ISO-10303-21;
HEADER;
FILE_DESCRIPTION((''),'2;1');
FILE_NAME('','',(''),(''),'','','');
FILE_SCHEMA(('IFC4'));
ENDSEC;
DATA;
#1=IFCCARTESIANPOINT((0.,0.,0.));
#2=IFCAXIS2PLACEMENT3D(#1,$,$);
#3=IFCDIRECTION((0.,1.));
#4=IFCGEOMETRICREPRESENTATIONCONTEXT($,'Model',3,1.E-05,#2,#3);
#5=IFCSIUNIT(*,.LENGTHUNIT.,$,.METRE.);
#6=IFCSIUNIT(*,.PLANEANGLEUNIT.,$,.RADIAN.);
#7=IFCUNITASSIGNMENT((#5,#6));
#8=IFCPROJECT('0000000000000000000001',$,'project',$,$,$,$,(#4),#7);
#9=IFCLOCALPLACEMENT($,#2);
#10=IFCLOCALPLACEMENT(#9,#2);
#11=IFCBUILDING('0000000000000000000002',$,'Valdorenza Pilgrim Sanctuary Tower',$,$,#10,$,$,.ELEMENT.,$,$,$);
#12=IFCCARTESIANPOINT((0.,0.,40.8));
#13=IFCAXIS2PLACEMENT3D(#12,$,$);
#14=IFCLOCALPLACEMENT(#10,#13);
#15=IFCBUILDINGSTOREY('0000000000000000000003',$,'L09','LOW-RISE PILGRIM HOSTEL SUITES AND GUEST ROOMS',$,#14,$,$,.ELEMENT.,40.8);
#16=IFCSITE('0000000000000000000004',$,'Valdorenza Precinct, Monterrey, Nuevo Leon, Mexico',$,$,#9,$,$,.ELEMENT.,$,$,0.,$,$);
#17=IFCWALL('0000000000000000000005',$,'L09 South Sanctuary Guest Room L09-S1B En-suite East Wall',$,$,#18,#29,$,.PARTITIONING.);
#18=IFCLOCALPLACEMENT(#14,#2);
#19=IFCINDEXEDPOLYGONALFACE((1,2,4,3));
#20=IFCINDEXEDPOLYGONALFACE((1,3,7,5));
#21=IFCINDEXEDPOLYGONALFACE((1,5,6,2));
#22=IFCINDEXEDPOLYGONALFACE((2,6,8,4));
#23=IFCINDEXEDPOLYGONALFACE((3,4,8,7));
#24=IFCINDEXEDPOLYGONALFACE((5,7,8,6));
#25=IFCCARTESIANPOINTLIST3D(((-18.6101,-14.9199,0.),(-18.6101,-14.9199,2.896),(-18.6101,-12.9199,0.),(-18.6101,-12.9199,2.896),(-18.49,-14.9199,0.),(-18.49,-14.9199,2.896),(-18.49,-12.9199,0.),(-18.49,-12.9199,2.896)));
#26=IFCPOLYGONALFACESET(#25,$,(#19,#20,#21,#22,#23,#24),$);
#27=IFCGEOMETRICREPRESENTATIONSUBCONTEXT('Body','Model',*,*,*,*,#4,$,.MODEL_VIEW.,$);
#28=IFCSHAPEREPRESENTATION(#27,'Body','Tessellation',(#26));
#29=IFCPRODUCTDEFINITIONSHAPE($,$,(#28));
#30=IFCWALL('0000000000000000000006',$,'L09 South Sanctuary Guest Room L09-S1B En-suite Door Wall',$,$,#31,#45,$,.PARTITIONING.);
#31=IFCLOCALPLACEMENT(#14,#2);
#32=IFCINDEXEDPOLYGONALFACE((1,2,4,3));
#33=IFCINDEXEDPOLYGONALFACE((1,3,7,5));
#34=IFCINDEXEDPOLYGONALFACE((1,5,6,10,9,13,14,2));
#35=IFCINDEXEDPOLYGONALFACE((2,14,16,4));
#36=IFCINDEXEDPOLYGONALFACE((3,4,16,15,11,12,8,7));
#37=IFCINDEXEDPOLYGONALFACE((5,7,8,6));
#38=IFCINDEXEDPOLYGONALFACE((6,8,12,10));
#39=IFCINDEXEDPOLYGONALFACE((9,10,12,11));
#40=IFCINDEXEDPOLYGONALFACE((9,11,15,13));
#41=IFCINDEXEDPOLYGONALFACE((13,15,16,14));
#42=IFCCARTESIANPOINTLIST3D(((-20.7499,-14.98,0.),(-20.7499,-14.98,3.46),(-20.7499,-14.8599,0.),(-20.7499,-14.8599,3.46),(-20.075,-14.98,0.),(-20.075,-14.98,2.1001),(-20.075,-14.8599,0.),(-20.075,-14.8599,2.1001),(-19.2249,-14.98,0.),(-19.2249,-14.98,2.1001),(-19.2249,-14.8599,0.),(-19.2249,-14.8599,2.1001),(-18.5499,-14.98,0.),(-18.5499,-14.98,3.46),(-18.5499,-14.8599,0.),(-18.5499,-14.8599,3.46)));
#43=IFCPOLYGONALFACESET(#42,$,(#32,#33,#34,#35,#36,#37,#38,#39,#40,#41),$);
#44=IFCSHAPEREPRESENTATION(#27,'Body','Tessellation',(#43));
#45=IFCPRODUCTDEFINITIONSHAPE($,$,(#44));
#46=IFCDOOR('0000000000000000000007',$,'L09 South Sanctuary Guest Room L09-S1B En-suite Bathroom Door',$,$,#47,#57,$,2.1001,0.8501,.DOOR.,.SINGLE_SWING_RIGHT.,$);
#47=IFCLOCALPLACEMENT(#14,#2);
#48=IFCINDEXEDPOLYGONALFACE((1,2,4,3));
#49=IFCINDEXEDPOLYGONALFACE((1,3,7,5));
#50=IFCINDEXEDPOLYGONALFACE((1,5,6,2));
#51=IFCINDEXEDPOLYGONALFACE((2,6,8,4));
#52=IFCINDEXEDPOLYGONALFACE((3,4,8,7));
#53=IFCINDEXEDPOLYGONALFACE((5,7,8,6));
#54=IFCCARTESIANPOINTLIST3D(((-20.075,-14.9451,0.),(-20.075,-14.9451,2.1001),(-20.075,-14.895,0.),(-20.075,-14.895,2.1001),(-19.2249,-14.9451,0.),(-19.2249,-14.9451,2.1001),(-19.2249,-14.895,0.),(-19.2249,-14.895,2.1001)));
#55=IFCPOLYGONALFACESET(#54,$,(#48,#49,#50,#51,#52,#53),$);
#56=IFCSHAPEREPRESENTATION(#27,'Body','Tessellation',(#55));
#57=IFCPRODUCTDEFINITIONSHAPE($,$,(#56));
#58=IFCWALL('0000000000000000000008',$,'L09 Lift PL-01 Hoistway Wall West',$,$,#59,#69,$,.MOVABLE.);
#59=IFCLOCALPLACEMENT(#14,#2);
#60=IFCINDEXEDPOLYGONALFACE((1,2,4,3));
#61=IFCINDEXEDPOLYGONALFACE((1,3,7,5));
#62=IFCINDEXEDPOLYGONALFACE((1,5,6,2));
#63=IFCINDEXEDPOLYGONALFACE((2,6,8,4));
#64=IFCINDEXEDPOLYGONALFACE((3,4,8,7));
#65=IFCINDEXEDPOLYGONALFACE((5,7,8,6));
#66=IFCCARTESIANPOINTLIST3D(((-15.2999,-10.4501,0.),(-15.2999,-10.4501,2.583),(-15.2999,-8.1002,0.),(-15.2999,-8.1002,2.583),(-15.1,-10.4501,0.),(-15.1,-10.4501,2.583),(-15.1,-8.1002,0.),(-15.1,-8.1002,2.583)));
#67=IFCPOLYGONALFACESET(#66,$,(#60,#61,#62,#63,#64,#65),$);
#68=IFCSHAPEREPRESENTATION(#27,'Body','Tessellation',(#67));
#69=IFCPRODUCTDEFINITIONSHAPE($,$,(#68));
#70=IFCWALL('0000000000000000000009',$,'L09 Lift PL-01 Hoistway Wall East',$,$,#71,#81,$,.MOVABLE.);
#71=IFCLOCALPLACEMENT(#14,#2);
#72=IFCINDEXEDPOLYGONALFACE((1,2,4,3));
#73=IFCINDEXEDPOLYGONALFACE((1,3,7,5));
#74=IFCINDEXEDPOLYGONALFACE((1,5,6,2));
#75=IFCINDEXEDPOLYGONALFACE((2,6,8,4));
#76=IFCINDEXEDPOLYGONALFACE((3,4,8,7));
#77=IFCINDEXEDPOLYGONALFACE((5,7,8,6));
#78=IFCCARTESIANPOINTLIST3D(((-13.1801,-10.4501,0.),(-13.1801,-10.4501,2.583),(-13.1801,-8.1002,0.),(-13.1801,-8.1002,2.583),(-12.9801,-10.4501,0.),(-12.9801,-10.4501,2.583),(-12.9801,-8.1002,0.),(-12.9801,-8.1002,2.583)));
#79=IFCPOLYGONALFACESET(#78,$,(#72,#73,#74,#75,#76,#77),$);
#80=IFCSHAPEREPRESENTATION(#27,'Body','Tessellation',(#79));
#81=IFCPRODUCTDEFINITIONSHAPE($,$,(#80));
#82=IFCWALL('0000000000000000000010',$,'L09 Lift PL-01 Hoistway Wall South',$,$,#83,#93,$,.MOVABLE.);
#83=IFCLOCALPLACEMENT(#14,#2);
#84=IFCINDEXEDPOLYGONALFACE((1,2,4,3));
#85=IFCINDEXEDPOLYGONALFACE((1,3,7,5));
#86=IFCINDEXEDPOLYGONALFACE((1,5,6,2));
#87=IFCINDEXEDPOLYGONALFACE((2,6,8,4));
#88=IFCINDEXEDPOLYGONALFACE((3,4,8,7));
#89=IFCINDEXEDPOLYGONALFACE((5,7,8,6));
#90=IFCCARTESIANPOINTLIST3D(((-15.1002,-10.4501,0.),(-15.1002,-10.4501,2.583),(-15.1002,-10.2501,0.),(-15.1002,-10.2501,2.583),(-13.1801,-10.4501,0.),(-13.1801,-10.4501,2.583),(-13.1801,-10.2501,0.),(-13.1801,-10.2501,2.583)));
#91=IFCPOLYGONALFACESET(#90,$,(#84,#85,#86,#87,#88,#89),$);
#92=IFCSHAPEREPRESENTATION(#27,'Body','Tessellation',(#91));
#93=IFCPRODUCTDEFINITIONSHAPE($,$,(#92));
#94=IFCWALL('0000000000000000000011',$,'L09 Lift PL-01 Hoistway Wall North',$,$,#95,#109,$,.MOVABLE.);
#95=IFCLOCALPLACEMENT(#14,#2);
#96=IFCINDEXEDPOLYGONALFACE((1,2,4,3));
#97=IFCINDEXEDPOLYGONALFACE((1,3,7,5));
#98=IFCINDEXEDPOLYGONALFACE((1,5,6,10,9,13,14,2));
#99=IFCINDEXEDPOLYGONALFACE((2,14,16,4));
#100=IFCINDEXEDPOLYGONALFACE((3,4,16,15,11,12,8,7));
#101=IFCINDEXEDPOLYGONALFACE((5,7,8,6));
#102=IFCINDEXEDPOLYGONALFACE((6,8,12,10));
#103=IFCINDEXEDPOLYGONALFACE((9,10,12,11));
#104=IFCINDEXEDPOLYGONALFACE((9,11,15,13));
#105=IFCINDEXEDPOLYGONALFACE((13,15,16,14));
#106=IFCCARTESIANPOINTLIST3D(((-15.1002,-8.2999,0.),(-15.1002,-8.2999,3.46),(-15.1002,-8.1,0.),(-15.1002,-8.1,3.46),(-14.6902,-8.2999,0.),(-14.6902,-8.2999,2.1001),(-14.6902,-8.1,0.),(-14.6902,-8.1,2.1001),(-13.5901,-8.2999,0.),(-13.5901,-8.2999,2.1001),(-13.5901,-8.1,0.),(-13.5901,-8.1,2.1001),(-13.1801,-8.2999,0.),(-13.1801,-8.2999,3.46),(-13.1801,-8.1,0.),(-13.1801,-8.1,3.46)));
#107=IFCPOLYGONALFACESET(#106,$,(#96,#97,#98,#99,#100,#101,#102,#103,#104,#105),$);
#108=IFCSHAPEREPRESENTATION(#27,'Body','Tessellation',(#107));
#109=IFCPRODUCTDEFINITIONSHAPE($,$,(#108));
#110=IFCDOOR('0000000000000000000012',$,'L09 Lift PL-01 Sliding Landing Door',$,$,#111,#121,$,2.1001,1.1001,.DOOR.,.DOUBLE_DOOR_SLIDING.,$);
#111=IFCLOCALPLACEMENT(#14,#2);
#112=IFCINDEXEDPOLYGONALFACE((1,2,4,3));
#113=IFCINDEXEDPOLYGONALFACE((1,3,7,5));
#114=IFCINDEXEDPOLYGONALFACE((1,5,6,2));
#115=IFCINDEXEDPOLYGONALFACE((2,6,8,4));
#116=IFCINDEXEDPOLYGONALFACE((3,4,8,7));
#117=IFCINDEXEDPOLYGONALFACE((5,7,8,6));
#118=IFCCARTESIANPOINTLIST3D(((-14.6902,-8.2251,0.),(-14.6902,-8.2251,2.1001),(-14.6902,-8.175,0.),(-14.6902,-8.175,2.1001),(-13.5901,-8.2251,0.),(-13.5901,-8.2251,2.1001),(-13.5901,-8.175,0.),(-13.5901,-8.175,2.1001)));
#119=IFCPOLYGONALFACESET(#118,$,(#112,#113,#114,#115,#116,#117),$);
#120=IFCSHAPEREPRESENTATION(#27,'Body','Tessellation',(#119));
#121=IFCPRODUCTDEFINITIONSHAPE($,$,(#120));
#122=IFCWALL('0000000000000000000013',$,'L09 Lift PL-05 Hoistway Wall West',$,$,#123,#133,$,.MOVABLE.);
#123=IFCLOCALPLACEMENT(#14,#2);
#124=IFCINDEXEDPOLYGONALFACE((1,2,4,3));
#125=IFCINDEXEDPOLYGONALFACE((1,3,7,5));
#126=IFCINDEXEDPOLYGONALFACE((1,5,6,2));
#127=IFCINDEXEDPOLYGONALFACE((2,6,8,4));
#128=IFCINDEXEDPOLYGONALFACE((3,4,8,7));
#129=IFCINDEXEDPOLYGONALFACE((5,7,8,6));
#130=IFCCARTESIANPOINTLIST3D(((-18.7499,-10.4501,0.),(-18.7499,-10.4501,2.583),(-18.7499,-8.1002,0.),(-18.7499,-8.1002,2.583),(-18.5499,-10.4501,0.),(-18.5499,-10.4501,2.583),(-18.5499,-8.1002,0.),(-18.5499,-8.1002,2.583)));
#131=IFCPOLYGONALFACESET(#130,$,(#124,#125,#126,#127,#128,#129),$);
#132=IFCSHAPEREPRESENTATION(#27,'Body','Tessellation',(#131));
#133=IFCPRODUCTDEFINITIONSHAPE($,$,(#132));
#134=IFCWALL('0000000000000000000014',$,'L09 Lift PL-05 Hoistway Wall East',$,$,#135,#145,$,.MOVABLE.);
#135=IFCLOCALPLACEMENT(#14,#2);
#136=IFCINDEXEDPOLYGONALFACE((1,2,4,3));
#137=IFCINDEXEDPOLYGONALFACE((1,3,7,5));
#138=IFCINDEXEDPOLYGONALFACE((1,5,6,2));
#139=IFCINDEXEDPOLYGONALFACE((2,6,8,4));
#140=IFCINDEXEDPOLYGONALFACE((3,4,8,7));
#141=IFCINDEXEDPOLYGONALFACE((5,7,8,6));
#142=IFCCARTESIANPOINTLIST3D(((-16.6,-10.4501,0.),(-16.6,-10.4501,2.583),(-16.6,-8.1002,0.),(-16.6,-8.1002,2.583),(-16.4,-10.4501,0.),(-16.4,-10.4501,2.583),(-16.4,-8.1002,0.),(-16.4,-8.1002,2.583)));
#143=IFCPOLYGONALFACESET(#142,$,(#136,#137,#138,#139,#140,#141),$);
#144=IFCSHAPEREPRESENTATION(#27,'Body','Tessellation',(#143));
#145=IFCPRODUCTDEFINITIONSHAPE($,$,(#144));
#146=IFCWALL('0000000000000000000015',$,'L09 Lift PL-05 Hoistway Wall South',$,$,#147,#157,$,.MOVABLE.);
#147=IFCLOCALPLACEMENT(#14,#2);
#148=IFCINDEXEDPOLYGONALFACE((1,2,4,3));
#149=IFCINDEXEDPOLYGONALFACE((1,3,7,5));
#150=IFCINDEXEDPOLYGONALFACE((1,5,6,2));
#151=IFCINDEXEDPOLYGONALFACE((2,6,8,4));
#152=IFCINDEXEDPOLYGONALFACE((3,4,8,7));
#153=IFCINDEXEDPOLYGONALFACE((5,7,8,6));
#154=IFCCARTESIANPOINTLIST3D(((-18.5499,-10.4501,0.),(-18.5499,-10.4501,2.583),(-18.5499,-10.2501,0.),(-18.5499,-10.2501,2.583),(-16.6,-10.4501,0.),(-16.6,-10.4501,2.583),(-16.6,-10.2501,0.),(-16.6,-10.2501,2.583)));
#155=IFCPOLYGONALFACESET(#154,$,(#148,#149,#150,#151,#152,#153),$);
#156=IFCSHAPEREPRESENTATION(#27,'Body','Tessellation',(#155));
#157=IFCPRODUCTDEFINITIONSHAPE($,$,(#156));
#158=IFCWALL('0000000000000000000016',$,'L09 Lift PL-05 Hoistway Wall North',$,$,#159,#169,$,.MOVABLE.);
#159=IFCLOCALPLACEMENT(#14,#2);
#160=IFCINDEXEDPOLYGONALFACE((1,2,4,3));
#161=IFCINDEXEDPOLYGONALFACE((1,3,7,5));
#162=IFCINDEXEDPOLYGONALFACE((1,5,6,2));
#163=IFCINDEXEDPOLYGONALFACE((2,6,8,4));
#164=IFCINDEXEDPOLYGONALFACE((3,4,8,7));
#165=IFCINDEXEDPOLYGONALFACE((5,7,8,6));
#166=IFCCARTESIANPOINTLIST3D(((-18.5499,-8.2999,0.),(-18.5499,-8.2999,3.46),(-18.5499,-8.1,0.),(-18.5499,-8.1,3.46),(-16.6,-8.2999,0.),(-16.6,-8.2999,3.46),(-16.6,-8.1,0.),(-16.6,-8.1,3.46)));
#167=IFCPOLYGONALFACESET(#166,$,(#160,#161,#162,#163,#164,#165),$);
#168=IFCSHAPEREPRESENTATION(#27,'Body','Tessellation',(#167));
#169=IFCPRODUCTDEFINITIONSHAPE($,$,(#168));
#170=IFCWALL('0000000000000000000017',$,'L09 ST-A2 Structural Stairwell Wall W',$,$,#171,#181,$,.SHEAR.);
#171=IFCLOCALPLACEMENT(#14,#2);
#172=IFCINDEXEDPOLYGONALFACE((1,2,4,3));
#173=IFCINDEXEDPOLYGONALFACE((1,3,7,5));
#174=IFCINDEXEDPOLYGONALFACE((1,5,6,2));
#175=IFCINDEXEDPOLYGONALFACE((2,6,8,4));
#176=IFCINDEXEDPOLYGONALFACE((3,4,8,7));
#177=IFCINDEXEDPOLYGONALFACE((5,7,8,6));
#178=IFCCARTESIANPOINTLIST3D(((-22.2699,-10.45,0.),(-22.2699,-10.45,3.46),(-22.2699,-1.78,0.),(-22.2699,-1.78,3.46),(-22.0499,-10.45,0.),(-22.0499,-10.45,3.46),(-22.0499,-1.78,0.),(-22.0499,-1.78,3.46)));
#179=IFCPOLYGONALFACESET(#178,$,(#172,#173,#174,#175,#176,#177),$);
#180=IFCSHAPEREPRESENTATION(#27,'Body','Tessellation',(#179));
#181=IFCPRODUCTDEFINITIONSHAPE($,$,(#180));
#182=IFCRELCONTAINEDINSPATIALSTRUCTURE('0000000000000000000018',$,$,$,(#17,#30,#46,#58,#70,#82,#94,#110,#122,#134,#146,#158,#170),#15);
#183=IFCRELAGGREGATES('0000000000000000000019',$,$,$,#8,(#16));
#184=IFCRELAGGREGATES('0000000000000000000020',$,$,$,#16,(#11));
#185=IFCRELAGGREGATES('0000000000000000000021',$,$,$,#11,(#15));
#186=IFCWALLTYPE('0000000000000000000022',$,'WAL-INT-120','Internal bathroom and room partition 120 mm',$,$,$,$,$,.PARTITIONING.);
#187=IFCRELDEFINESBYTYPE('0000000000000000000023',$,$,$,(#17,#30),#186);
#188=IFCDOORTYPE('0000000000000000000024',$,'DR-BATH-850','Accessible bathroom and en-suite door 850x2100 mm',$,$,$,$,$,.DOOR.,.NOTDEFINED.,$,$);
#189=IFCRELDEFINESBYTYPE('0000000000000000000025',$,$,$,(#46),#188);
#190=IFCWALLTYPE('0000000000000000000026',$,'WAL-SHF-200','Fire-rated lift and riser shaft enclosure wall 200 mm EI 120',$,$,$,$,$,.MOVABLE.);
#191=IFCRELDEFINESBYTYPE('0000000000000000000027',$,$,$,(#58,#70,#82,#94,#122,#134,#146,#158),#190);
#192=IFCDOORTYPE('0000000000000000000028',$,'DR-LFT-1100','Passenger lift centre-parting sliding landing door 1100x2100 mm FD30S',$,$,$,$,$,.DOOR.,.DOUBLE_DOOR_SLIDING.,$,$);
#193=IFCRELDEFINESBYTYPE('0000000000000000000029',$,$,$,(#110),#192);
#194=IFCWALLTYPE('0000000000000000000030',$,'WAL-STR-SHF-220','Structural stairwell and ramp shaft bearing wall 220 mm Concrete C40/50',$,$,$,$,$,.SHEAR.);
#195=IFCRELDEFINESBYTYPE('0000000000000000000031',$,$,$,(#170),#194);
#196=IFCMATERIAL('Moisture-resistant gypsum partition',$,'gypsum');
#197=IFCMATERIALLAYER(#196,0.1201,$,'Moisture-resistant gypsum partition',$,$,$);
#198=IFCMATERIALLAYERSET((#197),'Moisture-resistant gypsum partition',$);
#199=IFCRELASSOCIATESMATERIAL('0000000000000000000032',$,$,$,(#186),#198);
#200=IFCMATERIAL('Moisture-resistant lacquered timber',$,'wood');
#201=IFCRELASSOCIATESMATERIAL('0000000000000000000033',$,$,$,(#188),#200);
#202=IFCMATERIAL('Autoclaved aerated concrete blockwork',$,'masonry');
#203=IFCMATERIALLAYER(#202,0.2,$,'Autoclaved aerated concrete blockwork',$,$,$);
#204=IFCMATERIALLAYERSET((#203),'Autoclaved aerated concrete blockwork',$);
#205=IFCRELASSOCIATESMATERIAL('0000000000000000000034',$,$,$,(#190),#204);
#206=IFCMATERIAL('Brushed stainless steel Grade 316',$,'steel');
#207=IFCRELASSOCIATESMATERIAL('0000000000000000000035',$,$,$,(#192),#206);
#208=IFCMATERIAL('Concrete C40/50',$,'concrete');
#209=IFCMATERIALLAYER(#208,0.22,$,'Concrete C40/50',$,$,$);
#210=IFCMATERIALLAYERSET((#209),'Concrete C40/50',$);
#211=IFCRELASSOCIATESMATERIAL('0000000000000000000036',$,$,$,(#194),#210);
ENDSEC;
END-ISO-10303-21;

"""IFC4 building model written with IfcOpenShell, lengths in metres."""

from ifc_helpers import new_model, si_unit, direction, frame, frame_2d, origin, place, context, subcontext, project, spatial, rectangle, extrude, material, layer, layer_set, type_object, element, fill, save


model = new_model("IFC4")

# Units and contexts
model_context = context("Model", 3, precision=1e-05, world=origin(), true_north=direction((0.0, 1.0)))
body_context = subcontext(model_context, "Body", "Model", "MODEL_VIEW")
ifc_project = project(units=[si_unit("LENGTHUNIT", "METRE"), si_unit("PLANEANGLEUNIT", "RADIAN")], contexts=[model_context])

# Site, building, storey
site_placement = place(None, origin())
site = spatial("IfcSite", under=ifc_project, at=site_placement, Name="Valdorenza Precinct, Monterrey, Nuevo Leon, Mexico", CompositionType="ELEMENT", RefElevation=0.0)
building_placement = place(site_placement, origin())
building = spatial("IfcBuilding", under=site, at=building_placement, Name="Valdorenza Pilgrim Sanctuary Tower", CompositionType="ELEMENT")
storey_placement = place(building_placement, frame((0.0, 0.0, 40.8)))
storey = spatial("IfcBuildingStorey", under=building, at=storey_placement, Name="L09", Description="LOW-RISE PILGRIM HOSTEL SUITES AND GUEST ROOMS", CompositionType="ELEMENT", Elevation=40.8)

# Wall
ifc_material_1 = material(Name="Moisture-resistant gypsum partition", Category="gypsum")
ifc_layer_1 = layer(ifc_material_1, 0.1201, Name="Moisture-resistant gypsum partition")
ifc_layer_set_1 = layer_set([ifc_layer_1], Name="Moisture-resistant gypsum partition")
wall_type_1 = type_object("IfcWallType", Name="WAL-INT-120", Description="Internal bathroom and room partition 120 mm", PredefinedType="PARTITIONING", material=ifc_layer_set_1)
wall_1_placement = place(storey_placement, frame((-18.55, -14.9199, 0.0), z_axis=(0.0, 0.0, 1.0), x_axis=(0.0, 1.0, 0.0)))
element("IfcWall", 1, at=wall_1_placement, inside=storey, type_object=wall_type_1, Name="L09 South Sanctuary Guest Room L09-S1B En-suite East Wall", PredefinedType="PARTITIONING", context=body_context, shape_type="SweptSolid", body=[
    extrude(rectangle(XDim=2.0, YDim=0.1201, at=frame_2d((1.0, 0.0))), origin(), (0.0, 0.0, 1.0), 2.896),
])

# Wall, opening, door
wall_2_placement = place(storey_placement, frame((-20.75, -14.9199, 0.0), z_axis=(0.0, 0.0, 1.0), x_axis=(1.0, 0.0, 0.0)))
wall_2 = element("IfcWall", 2, at=wall_2_placement, inside=storey, type_object=wall_type_1, Name="L09 South Sanctuary Guest Room L09-S1B En-suite Door Wall", PredefinedType="PARTITIONING", context=body_context, shape_type="SweptSolid", body=[
    extrude(rectangle(XDim=2.2, YDim=0.1201, at=frame_2d((1.1001, 0.0))), origin(), (0.0, 0.0, 1.0), 3.46),
])
opening_1_placement = place(wall_2_placement, frame((0.675, 0.0, 0.0)))
opening_1 = element("IfcOpeningElement", 3, at=opening_1_placement, cuts=wall_2, PredefinedType="OPENING", context=body_context, shape_type="SweptSolid", body=[
    extrude(rectangle(XDim=0.8501, YDim=2.1001, at=frame_2d((0.425, 1.05))), frame((0.0, 0.075, 0.0), z_axis=(0.0, -1.0, 0.0), x_axis=(1.0, 0.0, 0.0)), (0.0, 0.0, 1.0), 0.1499),
])
ifc_material_2 = material(Name="Moisture-resistant lacquered timber", Category="wood")
door_type_1 = type_object("IfcDoorType", Name="DR-BATH-850", Description="Accessible bathroom and en-suite door 850x2100 mm", OperationType="NOTDEFINED", PredefinedType="DOOR", material=ifc_material_2)
door_1_placement = place(opening_1_placement, origin())
door_1 = element("IfcDoor", 4, at=door_1_placement, inside=storey, type_object=door_type_1, Name="L09 South Sanctuary Guest Room L09-S1B En-suite Bathroom Door", OperationType="SINGLE_SWING_RIGHT", OverallHeight=2.1001, OverallWidth=0.8501, PredefinedType="DOOR", context=body_context, shape_type="SweptSolid", body=[
    extrude(rectangle(XDim=0.8501, YDim=2.1001, at=frame_2d((0.425, 1.05))), frame((0.0, 0.0249, 0.0), z_axis=(0.0, -1.0, 0.0), x_axis=(1.0, 0.0, 0.0)), (0.0, 0.0, 1.0), 0.05),
])
fill(opening_1, door_1)

# Walls
ifc_material_3 = material(Name="Autoclaved aerated concrete blockwork", Category="masonry")
ifc_layer_2 = layer(ifc_material_3, 0.2, Name="Autoclaved aerated concrete blockwork")
ifc_layer_set_2 = layer_set([ifc_layer_2], Name="Autoclaved aerated concrete blockwork")
wall_type_2 = type_object("IfcWallType", Name="WAL-SHF-200", Description="Fire-rated lift and riser shaft enclosure wall 200 mm EI 120", PredefinedType="MOVABLE", material=ifc_layer_set_2)
for number, where, z_axis, x_axis, name in (
    (5, (-15.2, -10.45, 0.0), (0.0, 0.0, 1.0), (0.0, 1.0, 0.0), "L09 Lift PL-01 Hoistway Wall West"),
    (6, (-13.0801, -10.45, 0.0), (0.0, 0.0, 1.0), (0.0, 1.0, 0.0), "L09 Lift PL-01 Hoistway Wall East"),
):
    element("IfcWall", number, at=place(storey_placement, frame(where, z_axis=z_axis, x_axis=x_axis)), inside=storey, type_object=wall_type_2, Name=name, PredefinedType="MOVABLE", context=body_context, shape_type="SweptSolid", body=[
        extrude(rectangle(XDim=2.3499, YDim=0.2, at=frame_2d((1.1748, 0.0))), origin(), (0.0, 0.0, 1.0), 2.583),
    ])
wall_3_placement = place(storey_placement, frame((-15.1001, -10.3501, 0.0), z_axis=(0.0, 0.0, 1.0), x_axis=(1.0, 0.0, 0.0)))
element("IfcWall", 7, at=wall_3_placement, inside=storey, type_object=wall_type_2, Name="L09 Lift PL-01 Hoistway Wall South", PredefinedType="MOVABLE", context=body_context, shape_type="SweptSolid", body=[
    extrude(rectangle(XDim=1.9202, YDim=0.2, at=frame_2d((0.96, 0.0))), origin(), (0.0, 0.0, 1.0), 2.583),
])

# Wall, opening, door
wall_4_placement = place(storey_placement, frame((-15.1001, -8.2, 0.0), z_axis=(0.0, 0.0, 1.0), x_axis=(1.0, 0.0, 0.0)))
wall_4 = element("IfcWall", 8, at=wall_4_placement, inside=storey, type_object=wall_type_2, Name="L09 Lift PL-01 Hoistway Wall North", PredefinedType="MOVABLE", context=body_context, shape_type="SweptSolid", body=[
    extrude(rectangle(XDim=1.9202, YDim=0.2, at=frame_2d((0.96, 0.0))), origin(), (0.0, 0.0, 1.0), 3.46),
])
opening_2_placement = place(wall_4_placement, frame((0.4099, 0.0, 0.0)))
opening_2 = element("IfcOpeningElement", 9, at=opening_2_placement, cuts=wall_4, PredefinedType="OPENING", context=body_context, shape_type="SweptSolid", body=[
    extrude(rectangle(XDim=1.1001, YDim=2.1001, at=frame_2d((0.55, 1.05))), frame((0.0, 0.1147, 0.0), z_axis=(0.0, -1.0, 0.0), x_axis=(1.0, 0.0, 0.0)), (0.0, 0.0, 1.0), 0.2297),
])
ifc_material_4 = material(Name="Brushed stainless steel Grade 316", Category="steel")
door_type_2 = type_object("IfcDoorType", Name="DR-LFT-1100", Description="Passenger lift centre-parting sliding landing door 1100x2100 mm FD30S", OperationType="DOUBLE_DOOR_SLIDING", PredefinedType="DOOR", material=ifc_material_4)
door_2_placement = place(opening_2_placement, origin())
door_2 = element("IfcDoor", 10, at=door_2_placement, inside=storey, type_object=door_type_2, Name="L09 Lift PL-01 Sliding Landing Door", OperationType="DOUBLE_DOOR_SLIDING", OverallHeight=2.1001, OverallWidth=1.1001, PredefinedType="DOOR", context=body_context, shape_type="SweptSolid", body=[
    extrude(rectangle(XDim=1.1001, YDim=2.1001, at=frame_2d((0.55, 1.05))), frame((0.0, 0.0249, 0.0), z_axis=(0.0, -1.0, 0.0), x_axis=(1.0, 0.0, 0.0)), (0.0, 0.0, 1.0), 0.05),
])
fill(opening_2, door_2)

# Walls
for number, where, z_axis, x_axis, name in (
    (11, (-18.6499, -10.45, 0.0), (0.0, 0.0, 1.0), (0.0, 1.0, 0.0), "L09 Lift PL-05 Hoistway Wall West"),
    (12, (-16.5, -10.45, 0.0), (0.0, 0.0, 1.0), (0.0, 1.0, 0.0), "L09 Lift PL-05 Hoistway Wall East"),
):
    element("IfcWall", number, at=place(storey_placement, frame(where, z_axis=z_axis, x_axis=x_axis)), inside=storey, type_object=wall_type_2, Name=name, PredefinedType="MOVABLE", context=body_context, shape_type="SweptSolid", body=[
        extrude(rectangle(XDim=2.3499, YDim=0.2, at=frame_2d((1.1748, 0.0))), origin(), (0.0, 0.0, 1.0), 2.583),
    ])
wall_5_placement = place(storey_placement, frame((-18.55, -10.3501, 0.0), z_axis=(0.0, 0.0, 1.0), x_axis=(1.0, 0.0, 0.0)))
element("IfcWall", 13, at=wall_5_placement, inside=storey, type_object=wall_type_2, Name="L09 Lift PL-05 Hoistway Wall South", PredefinedType="MOVABLE", context=body_context, shape_type="SweptSolid", body=[
    extrude(rectangle(XDim=1.95, YDim=0.2, at=frame_2d((0.9751, 0.0))), origin(), (0.0, 0.0, 1.0), 2.583),
])
wall_6_placement = place(storey_placement, frame((-18.55, -8.2, 0.0), z_axis=(0.0, 0.0, 1.0), x_axis=(1.0, 0.0, 0.0)))
element("IfcWall", 14, at=wall_6_placement, inside=storey, type_object=wall_type_2, Name="L09 Lift PL-05 Hoistway Wall North", PredefinedType="MOVABLE", context=body_context, shape_type="SweptSolid", body=[
    extrude(rectangle(XDim=1.95, YDim=0.2, at=frame_2d((0.9751, 0.0))), origin(), (0.0, 0.0, 1.0), 3.46),
])
ifc_material_5 = material(Name="Concrete C40/50", Category="concrete")
ifc_layer_3 = layer(ifc_material_5, 0.22, Name="Concrete C40/50")
ifc_layer_set_3 = layer_set([ifc_layer_3], Name="Concrete C40/50")
wall_type_3 = type_object("IfcWallType", Name="WAL-STR-SHF-220", Description="Structural stairwell and ramp shaft bearing wall 220 mm Concrete C40/50", PredefinedType="SHEAR", material=ifc_layer_set_3)
for number, where, z_axis, x_axis, name in (
    (15, (-22.1599, -10.45, 0.0), (0.0, 0.0, 1.0), (0.0, 1.0, 0.0), "L09 ST-A2 Structural Stairwell Wall W"),
):
    element("IfcWall", number, at=place(storey_placement, frame(where, z_axis=z_axis, x_axis=x_axis)), inside=storey, type_object=wall_type_3, Name=name, PredefinedType="SHEAR", context=body_context, shape_type="SweptSolid", body=[
        extrude(rectangle(XDim=8.6699, YDim=0.22, at=frame_2d((4.335, 0.0))), origin(), (0.0, 0.0, 1.0), 3.46),
    ])

save(model, "model.ifc")
